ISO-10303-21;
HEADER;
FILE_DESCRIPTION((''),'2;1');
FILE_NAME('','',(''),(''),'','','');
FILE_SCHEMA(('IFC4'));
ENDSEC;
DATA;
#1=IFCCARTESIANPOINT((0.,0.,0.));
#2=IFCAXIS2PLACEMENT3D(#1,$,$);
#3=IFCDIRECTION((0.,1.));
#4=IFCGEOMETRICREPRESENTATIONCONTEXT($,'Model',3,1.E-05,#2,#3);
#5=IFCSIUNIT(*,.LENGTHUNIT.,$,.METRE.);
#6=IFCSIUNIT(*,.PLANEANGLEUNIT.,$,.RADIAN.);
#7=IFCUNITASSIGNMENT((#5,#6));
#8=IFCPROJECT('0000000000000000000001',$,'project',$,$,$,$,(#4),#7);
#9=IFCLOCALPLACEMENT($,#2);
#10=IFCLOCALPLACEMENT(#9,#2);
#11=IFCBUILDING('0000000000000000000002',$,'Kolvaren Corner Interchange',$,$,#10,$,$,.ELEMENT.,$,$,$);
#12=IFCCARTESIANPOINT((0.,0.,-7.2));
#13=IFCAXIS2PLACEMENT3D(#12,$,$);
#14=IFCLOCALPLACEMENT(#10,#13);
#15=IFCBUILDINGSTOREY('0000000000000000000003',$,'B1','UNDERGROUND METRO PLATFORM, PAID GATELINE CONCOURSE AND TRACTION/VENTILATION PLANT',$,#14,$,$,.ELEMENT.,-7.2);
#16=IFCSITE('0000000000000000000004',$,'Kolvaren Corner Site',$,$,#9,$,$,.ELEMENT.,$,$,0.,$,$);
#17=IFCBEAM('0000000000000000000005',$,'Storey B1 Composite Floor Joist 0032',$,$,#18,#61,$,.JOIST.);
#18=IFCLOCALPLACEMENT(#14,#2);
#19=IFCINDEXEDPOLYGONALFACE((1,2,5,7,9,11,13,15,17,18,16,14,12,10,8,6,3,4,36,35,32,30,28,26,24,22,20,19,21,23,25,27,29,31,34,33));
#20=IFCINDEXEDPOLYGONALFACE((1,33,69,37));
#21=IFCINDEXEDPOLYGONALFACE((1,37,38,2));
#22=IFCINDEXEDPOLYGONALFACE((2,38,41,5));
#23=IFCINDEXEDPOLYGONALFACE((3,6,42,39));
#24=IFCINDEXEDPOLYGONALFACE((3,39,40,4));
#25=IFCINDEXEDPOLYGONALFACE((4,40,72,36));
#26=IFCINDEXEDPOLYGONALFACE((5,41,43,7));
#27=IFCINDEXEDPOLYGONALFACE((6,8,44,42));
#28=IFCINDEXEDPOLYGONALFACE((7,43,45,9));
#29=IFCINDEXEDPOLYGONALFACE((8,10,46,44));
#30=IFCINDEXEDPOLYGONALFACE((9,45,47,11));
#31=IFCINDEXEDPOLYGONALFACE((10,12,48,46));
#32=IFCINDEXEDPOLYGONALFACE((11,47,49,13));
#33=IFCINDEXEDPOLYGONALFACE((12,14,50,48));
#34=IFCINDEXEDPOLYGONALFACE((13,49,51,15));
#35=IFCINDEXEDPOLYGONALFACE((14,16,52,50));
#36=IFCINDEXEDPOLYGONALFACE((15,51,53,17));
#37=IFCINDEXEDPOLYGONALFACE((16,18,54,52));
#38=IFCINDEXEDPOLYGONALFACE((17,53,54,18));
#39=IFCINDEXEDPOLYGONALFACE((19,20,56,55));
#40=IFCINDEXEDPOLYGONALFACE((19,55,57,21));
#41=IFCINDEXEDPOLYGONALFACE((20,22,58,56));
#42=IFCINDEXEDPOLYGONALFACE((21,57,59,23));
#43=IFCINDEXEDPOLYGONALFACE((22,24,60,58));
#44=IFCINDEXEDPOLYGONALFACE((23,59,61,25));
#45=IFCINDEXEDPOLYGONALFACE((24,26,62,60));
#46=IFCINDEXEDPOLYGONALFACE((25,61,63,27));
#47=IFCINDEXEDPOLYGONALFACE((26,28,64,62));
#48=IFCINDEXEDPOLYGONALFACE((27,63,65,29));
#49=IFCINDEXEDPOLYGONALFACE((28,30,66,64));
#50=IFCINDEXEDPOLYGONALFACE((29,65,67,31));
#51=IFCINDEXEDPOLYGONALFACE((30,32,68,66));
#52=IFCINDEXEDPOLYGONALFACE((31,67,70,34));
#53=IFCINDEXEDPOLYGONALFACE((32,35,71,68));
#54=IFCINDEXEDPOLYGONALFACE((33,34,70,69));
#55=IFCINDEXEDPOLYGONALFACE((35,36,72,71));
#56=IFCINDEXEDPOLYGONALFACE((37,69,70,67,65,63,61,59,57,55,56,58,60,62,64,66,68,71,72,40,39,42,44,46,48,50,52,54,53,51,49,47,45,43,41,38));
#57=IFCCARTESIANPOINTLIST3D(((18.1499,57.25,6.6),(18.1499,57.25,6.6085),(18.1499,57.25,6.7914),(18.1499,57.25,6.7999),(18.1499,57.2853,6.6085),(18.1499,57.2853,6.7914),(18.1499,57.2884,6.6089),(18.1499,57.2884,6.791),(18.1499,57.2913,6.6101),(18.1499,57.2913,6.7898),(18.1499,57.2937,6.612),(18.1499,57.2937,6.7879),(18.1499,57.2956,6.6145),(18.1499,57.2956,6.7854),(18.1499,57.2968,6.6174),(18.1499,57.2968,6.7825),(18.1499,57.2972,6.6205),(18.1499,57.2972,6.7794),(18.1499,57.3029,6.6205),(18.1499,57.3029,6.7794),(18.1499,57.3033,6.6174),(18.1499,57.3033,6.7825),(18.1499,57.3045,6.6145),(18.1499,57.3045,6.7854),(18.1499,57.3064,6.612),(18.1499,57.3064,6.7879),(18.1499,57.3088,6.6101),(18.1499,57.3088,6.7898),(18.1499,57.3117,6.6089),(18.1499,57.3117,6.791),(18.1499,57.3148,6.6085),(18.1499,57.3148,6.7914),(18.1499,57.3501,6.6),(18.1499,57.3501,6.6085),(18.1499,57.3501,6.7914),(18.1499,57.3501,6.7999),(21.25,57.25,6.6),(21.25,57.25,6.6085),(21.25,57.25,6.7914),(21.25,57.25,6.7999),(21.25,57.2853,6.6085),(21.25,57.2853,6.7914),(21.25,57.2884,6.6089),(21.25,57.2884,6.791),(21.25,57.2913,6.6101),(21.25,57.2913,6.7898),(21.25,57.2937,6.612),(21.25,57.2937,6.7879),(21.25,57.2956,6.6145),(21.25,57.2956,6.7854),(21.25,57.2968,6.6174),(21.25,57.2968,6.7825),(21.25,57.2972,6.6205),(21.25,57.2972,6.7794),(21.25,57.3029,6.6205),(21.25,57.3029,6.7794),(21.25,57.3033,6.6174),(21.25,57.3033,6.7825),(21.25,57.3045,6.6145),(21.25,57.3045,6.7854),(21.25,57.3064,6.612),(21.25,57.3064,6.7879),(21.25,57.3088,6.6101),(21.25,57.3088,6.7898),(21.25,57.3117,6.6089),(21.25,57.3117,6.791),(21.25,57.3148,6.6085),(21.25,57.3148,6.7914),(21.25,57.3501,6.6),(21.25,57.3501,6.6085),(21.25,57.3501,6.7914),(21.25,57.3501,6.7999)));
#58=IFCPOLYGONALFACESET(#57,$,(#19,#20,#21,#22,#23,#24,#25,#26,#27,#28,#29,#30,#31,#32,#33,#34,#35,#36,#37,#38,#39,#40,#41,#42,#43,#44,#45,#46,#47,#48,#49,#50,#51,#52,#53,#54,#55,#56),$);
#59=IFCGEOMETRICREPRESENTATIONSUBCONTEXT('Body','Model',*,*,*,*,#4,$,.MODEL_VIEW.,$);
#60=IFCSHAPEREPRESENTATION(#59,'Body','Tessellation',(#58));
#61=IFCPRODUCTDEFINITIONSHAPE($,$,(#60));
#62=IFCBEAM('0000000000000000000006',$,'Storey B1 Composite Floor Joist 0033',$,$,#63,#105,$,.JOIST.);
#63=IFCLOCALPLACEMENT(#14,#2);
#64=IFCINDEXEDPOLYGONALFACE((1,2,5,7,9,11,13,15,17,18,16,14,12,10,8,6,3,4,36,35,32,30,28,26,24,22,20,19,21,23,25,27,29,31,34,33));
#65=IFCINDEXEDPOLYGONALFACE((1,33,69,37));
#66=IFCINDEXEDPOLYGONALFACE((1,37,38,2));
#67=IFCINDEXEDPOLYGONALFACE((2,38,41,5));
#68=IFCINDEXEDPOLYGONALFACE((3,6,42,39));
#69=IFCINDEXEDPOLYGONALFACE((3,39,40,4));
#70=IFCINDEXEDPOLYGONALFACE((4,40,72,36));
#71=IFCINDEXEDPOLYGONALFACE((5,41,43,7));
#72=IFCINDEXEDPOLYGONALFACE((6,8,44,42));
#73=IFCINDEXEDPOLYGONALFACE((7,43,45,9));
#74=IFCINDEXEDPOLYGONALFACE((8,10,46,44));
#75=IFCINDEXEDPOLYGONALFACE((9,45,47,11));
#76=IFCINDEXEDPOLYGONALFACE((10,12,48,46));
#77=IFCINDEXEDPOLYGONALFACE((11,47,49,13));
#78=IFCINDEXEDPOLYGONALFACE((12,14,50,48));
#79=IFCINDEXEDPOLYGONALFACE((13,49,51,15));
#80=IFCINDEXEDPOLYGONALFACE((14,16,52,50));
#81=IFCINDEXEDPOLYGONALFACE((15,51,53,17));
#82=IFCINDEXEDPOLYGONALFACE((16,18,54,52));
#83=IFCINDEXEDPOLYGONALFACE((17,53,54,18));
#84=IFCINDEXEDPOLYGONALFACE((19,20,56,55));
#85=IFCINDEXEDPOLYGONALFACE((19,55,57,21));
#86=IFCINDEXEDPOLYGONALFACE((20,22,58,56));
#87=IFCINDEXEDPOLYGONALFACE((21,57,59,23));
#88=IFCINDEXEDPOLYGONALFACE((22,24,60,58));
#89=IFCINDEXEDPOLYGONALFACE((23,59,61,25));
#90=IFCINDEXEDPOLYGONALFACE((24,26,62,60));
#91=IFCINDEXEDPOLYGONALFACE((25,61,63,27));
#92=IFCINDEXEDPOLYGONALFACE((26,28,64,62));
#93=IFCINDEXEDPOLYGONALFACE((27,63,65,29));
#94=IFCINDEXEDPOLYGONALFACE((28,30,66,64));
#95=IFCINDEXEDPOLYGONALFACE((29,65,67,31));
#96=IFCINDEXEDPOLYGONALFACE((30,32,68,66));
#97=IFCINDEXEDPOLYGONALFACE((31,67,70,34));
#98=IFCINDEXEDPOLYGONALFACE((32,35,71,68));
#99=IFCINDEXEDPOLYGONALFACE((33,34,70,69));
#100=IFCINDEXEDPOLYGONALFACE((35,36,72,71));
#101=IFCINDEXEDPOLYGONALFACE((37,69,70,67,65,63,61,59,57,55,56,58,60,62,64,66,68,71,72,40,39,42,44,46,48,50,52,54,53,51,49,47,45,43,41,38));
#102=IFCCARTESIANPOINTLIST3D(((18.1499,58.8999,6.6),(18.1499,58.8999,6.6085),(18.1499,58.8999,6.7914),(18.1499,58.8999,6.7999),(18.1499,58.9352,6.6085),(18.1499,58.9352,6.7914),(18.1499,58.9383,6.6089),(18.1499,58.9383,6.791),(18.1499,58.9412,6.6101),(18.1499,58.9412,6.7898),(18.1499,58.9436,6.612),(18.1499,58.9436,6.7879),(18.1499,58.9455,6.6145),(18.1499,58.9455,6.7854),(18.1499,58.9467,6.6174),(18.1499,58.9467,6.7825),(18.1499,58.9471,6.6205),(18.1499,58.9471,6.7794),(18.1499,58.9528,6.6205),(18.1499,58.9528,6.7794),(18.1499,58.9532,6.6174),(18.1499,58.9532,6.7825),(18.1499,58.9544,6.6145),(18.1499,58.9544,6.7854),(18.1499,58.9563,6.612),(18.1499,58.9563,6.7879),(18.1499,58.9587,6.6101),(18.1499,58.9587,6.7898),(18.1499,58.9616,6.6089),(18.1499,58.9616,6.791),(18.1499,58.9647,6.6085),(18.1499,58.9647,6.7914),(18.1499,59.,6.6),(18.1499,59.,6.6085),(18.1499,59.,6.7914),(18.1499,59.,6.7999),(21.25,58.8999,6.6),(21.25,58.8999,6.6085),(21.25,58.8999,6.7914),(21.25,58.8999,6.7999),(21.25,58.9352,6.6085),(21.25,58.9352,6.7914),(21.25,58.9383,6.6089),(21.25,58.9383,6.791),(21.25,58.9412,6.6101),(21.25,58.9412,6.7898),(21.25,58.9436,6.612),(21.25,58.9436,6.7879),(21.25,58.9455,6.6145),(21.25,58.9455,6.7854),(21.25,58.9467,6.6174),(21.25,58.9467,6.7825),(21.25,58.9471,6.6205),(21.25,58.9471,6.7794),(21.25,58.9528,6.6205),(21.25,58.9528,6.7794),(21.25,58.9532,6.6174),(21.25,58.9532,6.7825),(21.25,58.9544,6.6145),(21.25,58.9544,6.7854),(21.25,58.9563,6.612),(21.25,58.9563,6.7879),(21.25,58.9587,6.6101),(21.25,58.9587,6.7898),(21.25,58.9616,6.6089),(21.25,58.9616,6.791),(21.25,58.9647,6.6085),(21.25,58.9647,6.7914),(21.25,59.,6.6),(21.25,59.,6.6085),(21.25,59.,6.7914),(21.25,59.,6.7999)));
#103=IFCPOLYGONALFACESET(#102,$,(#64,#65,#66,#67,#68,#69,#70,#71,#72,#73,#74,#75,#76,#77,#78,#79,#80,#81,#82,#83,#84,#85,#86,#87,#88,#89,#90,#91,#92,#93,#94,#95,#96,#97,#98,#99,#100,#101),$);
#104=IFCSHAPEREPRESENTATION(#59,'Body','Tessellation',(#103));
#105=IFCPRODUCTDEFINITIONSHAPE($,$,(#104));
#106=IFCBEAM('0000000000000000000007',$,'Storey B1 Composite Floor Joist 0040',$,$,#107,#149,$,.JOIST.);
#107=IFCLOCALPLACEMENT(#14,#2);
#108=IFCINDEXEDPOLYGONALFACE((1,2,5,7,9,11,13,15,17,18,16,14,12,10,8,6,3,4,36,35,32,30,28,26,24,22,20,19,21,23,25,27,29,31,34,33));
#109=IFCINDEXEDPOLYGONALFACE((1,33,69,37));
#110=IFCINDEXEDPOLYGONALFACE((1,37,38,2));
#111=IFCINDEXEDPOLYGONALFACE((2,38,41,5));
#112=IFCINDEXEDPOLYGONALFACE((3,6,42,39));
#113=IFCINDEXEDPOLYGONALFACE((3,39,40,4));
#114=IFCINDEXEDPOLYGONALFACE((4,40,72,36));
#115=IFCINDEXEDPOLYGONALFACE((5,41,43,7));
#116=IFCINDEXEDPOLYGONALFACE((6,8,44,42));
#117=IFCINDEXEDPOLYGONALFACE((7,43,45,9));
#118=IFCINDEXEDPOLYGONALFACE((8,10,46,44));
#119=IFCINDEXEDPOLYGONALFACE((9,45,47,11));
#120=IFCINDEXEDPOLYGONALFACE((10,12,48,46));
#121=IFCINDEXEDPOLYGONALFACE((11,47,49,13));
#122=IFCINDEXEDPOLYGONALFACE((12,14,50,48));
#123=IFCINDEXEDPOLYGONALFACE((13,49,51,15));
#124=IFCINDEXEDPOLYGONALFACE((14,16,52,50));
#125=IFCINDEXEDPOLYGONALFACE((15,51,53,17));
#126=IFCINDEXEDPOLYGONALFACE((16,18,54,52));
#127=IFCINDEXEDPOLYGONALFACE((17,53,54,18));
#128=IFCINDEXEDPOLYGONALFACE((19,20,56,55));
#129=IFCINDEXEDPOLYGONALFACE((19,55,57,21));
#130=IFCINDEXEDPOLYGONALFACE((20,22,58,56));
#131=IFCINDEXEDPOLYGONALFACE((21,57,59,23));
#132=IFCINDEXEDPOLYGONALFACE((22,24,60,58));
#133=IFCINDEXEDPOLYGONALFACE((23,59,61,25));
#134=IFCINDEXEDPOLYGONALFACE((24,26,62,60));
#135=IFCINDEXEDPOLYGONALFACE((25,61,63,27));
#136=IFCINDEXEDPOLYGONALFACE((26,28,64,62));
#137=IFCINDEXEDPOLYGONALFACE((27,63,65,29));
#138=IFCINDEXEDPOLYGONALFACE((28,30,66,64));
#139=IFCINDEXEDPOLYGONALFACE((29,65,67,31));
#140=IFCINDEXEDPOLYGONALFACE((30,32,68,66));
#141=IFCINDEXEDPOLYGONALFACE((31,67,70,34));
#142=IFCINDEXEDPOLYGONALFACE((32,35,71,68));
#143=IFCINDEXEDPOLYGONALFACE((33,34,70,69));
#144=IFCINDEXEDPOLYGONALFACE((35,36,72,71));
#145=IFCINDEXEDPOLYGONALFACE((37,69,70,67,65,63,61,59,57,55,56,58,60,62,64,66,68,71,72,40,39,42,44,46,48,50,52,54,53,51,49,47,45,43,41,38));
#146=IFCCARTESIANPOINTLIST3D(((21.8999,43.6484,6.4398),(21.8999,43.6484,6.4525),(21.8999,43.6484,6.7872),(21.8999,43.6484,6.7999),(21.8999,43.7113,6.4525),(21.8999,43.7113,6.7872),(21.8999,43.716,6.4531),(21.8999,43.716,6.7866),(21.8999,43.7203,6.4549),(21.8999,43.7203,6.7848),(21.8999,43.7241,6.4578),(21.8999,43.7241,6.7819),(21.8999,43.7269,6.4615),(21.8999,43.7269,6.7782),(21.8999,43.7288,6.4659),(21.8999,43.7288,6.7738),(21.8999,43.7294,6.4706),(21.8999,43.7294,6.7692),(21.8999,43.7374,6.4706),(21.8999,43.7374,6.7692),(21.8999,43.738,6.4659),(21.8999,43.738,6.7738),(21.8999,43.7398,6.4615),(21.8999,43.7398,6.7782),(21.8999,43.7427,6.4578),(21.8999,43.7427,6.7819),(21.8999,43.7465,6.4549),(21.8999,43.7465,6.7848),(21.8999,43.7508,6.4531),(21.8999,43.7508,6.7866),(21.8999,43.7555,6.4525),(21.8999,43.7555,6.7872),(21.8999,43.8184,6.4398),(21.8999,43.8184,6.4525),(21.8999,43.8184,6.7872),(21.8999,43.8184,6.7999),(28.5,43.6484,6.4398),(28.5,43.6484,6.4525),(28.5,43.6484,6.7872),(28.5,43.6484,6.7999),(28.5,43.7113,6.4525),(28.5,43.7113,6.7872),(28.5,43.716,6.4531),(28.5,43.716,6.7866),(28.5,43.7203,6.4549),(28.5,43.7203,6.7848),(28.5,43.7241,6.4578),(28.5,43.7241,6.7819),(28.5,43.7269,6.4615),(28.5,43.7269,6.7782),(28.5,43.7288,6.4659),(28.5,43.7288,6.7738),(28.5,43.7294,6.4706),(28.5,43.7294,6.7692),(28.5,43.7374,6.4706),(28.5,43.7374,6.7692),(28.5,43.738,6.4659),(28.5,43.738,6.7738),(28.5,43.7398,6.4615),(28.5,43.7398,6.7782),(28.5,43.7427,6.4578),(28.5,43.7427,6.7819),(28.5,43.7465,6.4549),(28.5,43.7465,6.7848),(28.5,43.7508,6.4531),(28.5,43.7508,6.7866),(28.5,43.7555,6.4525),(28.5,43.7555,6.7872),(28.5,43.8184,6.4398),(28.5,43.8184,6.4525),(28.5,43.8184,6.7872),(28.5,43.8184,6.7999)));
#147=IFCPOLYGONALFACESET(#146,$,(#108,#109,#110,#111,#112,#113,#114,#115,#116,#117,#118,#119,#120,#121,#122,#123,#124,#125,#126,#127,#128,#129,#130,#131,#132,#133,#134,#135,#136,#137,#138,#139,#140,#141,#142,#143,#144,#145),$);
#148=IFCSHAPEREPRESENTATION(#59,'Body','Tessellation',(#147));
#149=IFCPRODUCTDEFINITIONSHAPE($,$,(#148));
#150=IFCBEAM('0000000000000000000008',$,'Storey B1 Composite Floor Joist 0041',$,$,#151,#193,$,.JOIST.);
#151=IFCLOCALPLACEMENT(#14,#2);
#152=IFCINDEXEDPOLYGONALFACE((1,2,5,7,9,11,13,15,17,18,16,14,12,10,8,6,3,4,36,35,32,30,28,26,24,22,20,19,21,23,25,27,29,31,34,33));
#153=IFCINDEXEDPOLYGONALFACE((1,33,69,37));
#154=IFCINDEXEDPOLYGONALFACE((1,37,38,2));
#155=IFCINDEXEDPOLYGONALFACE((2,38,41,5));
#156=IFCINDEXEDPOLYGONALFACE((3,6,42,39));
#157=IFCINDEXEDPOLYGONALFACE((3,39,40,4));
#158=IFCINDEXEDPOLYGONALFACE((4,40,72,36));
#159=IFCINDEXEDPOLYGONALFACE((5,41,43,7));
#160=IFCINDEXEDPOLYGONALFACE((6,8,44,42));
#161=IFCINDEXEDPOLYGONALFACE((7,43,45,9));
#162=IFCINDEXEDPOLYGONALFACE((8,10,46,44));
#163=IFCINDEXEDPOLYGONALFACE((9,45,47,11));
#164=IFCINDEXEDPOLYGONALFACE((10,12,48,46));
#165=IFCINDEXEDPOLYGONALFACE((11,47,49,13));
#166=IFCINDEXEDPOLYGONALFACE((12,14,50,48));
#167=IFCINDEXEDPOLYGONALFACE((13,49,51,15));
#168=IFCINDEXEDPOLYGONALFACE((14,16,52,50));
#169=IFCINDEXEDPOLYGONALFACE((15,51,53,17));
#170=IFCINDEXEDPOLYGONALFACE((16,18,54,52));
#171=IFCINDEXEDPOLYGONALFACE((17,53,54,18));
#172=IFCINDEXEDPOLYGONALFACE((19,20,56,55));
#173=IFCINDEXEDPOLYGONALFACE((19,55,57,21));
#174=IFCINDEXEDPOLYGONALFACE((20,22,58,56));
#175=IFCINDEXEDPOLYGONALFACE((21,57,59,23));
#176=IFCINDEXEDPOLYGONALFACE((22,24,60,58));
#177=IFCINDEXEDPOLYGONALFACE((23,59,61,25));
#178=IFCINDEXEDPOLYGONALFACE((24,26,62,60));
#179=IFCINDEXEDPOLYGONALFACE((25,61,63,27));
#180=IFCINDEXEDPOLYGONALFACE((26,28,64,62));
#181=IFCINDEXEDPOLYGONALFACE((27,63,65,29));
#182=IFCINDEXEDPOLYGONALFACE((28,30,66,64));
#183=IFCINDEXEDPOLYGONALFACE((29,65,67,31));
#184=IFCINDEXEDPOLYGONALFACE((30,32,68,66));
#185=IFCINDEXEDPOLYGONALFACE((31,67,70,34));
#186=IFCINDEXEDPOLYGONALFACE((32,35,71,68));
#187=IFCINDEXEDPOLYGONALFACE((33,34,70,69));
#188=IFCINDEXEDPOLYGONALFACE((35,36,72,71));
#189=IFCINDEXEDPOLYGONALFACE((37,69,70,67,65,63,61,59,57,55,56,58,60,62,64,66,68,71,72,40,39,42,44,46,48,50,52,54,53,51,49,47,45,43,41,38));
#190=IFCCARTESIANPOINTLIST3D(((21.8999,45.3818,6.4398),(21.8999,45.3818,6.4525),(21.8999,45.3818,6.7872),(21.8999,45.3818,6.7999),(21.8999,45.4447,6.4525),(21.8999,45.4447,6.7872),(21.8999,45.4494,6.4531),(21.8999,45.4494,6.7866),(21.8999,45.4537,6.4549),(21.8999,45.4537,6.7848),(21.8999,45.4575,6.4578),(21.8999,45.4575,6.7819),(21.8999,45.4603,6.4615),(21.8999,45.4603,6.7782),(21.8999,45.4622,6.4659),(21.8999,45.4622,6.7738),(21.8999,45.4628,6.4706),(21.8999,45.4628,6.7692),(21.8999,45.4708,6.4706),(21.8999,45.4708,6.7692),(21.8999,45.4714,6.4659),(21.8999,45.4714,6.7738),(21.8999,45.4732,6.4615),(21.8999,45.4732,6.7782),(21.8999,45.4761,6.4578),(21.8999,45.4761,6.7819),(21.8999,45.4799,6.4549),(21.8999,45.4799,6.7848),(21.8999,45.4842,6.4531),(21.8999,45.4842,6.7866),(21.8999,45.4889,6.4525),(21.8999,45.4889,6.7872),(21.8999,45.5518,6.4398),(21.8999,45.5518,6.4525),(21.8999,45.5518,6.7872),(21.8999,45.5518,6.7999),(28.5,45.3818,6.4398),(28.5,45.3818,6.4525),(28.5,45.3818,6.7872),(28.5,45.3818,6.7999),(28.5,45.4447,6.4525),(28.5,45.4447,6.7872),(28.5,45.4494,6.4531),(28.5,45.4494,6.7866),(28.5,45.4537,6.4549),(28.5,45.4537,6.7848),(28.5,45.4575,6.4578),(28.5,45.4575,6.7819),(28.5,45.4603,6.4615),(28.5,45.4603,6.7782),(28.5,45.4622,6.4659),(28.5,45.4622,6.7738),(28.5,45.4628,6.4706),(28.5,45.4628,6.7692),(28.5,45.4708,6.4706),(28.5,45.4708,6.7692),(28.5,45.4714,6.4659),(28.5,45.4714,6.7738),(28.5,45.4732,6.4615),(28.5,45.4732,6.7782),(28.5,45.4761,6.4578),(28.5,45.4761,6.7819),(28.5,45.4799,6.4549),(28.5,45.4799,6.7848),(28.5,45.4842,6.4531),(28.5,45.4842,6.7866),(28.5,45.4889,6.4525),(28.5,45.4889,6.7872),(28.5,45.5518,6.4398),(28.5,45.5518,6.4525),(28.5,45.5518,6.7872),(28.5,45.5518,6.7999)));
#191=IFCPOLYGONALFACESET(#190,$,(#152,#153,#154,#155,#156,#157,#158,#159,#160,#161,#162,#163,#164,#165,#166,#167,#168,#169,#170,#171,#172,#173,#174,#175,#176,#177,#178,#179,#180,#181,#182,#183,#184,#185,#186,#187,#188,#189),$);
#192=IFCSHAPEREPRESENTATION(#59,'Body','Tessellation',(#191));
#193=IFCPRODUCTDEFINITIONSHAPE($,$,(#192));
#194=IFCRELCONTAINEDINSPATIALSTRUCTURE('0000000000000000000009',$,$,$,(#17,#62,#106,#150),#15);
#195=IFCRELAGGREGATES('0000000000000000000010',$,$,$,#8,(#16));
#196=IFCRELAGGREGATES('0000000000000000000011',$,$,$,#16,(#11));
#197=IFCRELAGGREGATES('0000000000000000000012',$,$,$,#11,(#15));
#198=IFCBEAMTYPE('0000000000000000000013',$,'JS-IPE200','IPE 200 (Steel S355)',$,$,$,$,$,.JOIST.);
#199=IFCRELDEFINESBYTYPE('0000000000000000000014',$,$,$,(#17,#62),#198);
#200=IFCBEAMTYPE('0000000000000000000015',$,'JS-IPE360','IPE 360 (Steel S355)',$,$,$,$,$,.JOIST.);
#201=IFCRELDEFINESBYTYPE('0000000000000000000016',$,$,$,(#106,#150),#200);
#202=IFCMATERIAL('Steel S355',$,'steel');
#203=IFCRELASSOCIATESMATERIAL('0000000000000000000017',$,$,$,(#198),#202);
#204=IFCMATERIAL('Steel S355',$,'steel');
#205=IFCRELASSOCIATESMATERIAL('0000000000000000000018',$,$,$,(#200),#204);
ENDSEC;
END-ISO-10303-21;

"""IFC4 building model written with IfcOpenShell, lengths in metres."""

from ifc_helpers import new_model, si_unit, direction, frame, origin, origin_2d, place, context, subcontext, project, spatial, i_section, extrude, material, material_profile, profile_set, type_object, element, save


model = new_model("IFC4")

# Units and contexts
model_context = context("Model", 3, precision=1e-05, world=origin(), true_north=direction((0.0, 1.0)))
body_context = subcontext(model_context, "Body", "Model", "MODEL_VIEW")
ifc_project = project(units=[si_unit("LENGTHUNIT", "METRE"), si_unit("PLANEANGLEUNIT", "RADIAN")], contexts=[model_context])

# Site, building, storey
site_placement = place(None, origin())
site = spatial("IfcSite", under=ifc_project, at=site_placement, Name="Kolvaren Corner Site", CompositionType="ELEMENT", RefElevation=0.0)
building_placement = place(site_placement, origin())
building = spatial("IfcBuilding", under=site, at=building_placement, Name="Kolvaren Corner Interchange", CompositionType="ELEMENT")
storey_placement = place(building_placement, frame((0.0, 0.0, -7.2)))
storey = spatial("IfcBuildingStorey", under=building, at=storey_placement, Name="B1", Description="UNDERGROUND METRO PLATFORM, PAID GATELINE CONCOURSE AND TRACTION/VENTILATION PLANT", CompositionType="ELEMENT", Elevation=-7.2)

# Beams
ifc_material_1 = material(Name="Steel S355", Category="steel")
ifc_material_profile_1 = material_profile(ifc_material_1, i_section(OverallWidth=0.1001, OverallDepth=0.2, WebThickness=0.0056, FlangeThickness=0.0085, FilletRadius=0.012, at=origin_2d()), Name="IPE 200")
ifc_profile_set_1 = profile_set([ifc_material_profile_1], Name="Steel S355")
beam_type_1 = type_object("IfcBeamType", Name="JS-IPE200", Description="IPE 200 (Steel S355)", PredefinedType="JOIST", material=ifc_profile_set_1)
for number, where, z_axis, x_axis, name in (
    (1, (18.1499, 57.3, 6.7), (1.0, 0.0, 0.0), (0.0, 1.0, 0.0), "Storey B1 Composite Floor Joist 0032"),
    (2, (18.1499, 58.95, 6.7), (1.0, 0.0, 0.0), (0.0, 1.0, 0.0), "Storey B1 Composite Floor Joist 0033"),
):
    element("IfcBeam", number, at=place(storey_placement, frame(where, z_axis=z_axis, x_axis=x_axis)), inside=storey, type_object=beam_type_1, Name=name, PredefinedType="JOIST", context=body_context, shape_type="SweptSolid", body=[
        extrude(i_section(OverallWidth=0.1001, OverallDepth=0.2, WebThickness=0.0056, FlangeThickness=0.0085, FilletRadius=0.012, at=origin_2d()), origin(), (0.0, 0.0, 1.0), 3.1001),
    ])
ifc_material_2 = material(Name="Steel S355", Category="steel")
ifc_material_profile_2 = material_profile(ifc_material_2, i_section(OverallWidth=0.1699, OverallDepth=0.3601, WebThickness=0.0081, FlangeThickness=0.0127, FilletRadius=0.0181, at=origin_2d()), Name="IPE 360")
ifc_profile_set_2 = profile_set([ifc_material_profile_2], Name="Steel S355")
beam_type_2 = type_object("IfcBeamType", Name="JS-IPE360", Description="IPE 360 (Steel S355)", PredefinedType="JOIST", material=ifc_profile_set_2)
for number, where, z_axis, x_axis, name in (
    (3, (21.8999, 43.7334, 6.6199), (1.0, 0.0, 0.0), (0.0, 1.0, 0.0), "Storey B1 Composite Floor Joist 0040"),
    (4, (21.8999, 45.4668, 6.6199), (1.0, 0.0, 0.0), (0.0, 1.0, 0.0), "Storey B1 Composite Floor Joist 0041"),
):
    element("IfcBeam", number, at=place(storey_placement, frame(where, z_axis=z_axis, x_axis=x_axis)), inside=storey, type_object=beam_type_2, Name=name, PredefinedType="JOIST", context=body_context, shape_type="SweptSolid", body=[
        extrude(i_section(OverallWidth=0.1699, OverallDepth=0.3601, WebThickness=0.0081, FlangeThickness=0.0127, FilletRadius=0.0181, at=origin_2d()), origin(), (0.0, 0.0, 1.0), 6.6001),
    ])

save(model, "model.ifc")
